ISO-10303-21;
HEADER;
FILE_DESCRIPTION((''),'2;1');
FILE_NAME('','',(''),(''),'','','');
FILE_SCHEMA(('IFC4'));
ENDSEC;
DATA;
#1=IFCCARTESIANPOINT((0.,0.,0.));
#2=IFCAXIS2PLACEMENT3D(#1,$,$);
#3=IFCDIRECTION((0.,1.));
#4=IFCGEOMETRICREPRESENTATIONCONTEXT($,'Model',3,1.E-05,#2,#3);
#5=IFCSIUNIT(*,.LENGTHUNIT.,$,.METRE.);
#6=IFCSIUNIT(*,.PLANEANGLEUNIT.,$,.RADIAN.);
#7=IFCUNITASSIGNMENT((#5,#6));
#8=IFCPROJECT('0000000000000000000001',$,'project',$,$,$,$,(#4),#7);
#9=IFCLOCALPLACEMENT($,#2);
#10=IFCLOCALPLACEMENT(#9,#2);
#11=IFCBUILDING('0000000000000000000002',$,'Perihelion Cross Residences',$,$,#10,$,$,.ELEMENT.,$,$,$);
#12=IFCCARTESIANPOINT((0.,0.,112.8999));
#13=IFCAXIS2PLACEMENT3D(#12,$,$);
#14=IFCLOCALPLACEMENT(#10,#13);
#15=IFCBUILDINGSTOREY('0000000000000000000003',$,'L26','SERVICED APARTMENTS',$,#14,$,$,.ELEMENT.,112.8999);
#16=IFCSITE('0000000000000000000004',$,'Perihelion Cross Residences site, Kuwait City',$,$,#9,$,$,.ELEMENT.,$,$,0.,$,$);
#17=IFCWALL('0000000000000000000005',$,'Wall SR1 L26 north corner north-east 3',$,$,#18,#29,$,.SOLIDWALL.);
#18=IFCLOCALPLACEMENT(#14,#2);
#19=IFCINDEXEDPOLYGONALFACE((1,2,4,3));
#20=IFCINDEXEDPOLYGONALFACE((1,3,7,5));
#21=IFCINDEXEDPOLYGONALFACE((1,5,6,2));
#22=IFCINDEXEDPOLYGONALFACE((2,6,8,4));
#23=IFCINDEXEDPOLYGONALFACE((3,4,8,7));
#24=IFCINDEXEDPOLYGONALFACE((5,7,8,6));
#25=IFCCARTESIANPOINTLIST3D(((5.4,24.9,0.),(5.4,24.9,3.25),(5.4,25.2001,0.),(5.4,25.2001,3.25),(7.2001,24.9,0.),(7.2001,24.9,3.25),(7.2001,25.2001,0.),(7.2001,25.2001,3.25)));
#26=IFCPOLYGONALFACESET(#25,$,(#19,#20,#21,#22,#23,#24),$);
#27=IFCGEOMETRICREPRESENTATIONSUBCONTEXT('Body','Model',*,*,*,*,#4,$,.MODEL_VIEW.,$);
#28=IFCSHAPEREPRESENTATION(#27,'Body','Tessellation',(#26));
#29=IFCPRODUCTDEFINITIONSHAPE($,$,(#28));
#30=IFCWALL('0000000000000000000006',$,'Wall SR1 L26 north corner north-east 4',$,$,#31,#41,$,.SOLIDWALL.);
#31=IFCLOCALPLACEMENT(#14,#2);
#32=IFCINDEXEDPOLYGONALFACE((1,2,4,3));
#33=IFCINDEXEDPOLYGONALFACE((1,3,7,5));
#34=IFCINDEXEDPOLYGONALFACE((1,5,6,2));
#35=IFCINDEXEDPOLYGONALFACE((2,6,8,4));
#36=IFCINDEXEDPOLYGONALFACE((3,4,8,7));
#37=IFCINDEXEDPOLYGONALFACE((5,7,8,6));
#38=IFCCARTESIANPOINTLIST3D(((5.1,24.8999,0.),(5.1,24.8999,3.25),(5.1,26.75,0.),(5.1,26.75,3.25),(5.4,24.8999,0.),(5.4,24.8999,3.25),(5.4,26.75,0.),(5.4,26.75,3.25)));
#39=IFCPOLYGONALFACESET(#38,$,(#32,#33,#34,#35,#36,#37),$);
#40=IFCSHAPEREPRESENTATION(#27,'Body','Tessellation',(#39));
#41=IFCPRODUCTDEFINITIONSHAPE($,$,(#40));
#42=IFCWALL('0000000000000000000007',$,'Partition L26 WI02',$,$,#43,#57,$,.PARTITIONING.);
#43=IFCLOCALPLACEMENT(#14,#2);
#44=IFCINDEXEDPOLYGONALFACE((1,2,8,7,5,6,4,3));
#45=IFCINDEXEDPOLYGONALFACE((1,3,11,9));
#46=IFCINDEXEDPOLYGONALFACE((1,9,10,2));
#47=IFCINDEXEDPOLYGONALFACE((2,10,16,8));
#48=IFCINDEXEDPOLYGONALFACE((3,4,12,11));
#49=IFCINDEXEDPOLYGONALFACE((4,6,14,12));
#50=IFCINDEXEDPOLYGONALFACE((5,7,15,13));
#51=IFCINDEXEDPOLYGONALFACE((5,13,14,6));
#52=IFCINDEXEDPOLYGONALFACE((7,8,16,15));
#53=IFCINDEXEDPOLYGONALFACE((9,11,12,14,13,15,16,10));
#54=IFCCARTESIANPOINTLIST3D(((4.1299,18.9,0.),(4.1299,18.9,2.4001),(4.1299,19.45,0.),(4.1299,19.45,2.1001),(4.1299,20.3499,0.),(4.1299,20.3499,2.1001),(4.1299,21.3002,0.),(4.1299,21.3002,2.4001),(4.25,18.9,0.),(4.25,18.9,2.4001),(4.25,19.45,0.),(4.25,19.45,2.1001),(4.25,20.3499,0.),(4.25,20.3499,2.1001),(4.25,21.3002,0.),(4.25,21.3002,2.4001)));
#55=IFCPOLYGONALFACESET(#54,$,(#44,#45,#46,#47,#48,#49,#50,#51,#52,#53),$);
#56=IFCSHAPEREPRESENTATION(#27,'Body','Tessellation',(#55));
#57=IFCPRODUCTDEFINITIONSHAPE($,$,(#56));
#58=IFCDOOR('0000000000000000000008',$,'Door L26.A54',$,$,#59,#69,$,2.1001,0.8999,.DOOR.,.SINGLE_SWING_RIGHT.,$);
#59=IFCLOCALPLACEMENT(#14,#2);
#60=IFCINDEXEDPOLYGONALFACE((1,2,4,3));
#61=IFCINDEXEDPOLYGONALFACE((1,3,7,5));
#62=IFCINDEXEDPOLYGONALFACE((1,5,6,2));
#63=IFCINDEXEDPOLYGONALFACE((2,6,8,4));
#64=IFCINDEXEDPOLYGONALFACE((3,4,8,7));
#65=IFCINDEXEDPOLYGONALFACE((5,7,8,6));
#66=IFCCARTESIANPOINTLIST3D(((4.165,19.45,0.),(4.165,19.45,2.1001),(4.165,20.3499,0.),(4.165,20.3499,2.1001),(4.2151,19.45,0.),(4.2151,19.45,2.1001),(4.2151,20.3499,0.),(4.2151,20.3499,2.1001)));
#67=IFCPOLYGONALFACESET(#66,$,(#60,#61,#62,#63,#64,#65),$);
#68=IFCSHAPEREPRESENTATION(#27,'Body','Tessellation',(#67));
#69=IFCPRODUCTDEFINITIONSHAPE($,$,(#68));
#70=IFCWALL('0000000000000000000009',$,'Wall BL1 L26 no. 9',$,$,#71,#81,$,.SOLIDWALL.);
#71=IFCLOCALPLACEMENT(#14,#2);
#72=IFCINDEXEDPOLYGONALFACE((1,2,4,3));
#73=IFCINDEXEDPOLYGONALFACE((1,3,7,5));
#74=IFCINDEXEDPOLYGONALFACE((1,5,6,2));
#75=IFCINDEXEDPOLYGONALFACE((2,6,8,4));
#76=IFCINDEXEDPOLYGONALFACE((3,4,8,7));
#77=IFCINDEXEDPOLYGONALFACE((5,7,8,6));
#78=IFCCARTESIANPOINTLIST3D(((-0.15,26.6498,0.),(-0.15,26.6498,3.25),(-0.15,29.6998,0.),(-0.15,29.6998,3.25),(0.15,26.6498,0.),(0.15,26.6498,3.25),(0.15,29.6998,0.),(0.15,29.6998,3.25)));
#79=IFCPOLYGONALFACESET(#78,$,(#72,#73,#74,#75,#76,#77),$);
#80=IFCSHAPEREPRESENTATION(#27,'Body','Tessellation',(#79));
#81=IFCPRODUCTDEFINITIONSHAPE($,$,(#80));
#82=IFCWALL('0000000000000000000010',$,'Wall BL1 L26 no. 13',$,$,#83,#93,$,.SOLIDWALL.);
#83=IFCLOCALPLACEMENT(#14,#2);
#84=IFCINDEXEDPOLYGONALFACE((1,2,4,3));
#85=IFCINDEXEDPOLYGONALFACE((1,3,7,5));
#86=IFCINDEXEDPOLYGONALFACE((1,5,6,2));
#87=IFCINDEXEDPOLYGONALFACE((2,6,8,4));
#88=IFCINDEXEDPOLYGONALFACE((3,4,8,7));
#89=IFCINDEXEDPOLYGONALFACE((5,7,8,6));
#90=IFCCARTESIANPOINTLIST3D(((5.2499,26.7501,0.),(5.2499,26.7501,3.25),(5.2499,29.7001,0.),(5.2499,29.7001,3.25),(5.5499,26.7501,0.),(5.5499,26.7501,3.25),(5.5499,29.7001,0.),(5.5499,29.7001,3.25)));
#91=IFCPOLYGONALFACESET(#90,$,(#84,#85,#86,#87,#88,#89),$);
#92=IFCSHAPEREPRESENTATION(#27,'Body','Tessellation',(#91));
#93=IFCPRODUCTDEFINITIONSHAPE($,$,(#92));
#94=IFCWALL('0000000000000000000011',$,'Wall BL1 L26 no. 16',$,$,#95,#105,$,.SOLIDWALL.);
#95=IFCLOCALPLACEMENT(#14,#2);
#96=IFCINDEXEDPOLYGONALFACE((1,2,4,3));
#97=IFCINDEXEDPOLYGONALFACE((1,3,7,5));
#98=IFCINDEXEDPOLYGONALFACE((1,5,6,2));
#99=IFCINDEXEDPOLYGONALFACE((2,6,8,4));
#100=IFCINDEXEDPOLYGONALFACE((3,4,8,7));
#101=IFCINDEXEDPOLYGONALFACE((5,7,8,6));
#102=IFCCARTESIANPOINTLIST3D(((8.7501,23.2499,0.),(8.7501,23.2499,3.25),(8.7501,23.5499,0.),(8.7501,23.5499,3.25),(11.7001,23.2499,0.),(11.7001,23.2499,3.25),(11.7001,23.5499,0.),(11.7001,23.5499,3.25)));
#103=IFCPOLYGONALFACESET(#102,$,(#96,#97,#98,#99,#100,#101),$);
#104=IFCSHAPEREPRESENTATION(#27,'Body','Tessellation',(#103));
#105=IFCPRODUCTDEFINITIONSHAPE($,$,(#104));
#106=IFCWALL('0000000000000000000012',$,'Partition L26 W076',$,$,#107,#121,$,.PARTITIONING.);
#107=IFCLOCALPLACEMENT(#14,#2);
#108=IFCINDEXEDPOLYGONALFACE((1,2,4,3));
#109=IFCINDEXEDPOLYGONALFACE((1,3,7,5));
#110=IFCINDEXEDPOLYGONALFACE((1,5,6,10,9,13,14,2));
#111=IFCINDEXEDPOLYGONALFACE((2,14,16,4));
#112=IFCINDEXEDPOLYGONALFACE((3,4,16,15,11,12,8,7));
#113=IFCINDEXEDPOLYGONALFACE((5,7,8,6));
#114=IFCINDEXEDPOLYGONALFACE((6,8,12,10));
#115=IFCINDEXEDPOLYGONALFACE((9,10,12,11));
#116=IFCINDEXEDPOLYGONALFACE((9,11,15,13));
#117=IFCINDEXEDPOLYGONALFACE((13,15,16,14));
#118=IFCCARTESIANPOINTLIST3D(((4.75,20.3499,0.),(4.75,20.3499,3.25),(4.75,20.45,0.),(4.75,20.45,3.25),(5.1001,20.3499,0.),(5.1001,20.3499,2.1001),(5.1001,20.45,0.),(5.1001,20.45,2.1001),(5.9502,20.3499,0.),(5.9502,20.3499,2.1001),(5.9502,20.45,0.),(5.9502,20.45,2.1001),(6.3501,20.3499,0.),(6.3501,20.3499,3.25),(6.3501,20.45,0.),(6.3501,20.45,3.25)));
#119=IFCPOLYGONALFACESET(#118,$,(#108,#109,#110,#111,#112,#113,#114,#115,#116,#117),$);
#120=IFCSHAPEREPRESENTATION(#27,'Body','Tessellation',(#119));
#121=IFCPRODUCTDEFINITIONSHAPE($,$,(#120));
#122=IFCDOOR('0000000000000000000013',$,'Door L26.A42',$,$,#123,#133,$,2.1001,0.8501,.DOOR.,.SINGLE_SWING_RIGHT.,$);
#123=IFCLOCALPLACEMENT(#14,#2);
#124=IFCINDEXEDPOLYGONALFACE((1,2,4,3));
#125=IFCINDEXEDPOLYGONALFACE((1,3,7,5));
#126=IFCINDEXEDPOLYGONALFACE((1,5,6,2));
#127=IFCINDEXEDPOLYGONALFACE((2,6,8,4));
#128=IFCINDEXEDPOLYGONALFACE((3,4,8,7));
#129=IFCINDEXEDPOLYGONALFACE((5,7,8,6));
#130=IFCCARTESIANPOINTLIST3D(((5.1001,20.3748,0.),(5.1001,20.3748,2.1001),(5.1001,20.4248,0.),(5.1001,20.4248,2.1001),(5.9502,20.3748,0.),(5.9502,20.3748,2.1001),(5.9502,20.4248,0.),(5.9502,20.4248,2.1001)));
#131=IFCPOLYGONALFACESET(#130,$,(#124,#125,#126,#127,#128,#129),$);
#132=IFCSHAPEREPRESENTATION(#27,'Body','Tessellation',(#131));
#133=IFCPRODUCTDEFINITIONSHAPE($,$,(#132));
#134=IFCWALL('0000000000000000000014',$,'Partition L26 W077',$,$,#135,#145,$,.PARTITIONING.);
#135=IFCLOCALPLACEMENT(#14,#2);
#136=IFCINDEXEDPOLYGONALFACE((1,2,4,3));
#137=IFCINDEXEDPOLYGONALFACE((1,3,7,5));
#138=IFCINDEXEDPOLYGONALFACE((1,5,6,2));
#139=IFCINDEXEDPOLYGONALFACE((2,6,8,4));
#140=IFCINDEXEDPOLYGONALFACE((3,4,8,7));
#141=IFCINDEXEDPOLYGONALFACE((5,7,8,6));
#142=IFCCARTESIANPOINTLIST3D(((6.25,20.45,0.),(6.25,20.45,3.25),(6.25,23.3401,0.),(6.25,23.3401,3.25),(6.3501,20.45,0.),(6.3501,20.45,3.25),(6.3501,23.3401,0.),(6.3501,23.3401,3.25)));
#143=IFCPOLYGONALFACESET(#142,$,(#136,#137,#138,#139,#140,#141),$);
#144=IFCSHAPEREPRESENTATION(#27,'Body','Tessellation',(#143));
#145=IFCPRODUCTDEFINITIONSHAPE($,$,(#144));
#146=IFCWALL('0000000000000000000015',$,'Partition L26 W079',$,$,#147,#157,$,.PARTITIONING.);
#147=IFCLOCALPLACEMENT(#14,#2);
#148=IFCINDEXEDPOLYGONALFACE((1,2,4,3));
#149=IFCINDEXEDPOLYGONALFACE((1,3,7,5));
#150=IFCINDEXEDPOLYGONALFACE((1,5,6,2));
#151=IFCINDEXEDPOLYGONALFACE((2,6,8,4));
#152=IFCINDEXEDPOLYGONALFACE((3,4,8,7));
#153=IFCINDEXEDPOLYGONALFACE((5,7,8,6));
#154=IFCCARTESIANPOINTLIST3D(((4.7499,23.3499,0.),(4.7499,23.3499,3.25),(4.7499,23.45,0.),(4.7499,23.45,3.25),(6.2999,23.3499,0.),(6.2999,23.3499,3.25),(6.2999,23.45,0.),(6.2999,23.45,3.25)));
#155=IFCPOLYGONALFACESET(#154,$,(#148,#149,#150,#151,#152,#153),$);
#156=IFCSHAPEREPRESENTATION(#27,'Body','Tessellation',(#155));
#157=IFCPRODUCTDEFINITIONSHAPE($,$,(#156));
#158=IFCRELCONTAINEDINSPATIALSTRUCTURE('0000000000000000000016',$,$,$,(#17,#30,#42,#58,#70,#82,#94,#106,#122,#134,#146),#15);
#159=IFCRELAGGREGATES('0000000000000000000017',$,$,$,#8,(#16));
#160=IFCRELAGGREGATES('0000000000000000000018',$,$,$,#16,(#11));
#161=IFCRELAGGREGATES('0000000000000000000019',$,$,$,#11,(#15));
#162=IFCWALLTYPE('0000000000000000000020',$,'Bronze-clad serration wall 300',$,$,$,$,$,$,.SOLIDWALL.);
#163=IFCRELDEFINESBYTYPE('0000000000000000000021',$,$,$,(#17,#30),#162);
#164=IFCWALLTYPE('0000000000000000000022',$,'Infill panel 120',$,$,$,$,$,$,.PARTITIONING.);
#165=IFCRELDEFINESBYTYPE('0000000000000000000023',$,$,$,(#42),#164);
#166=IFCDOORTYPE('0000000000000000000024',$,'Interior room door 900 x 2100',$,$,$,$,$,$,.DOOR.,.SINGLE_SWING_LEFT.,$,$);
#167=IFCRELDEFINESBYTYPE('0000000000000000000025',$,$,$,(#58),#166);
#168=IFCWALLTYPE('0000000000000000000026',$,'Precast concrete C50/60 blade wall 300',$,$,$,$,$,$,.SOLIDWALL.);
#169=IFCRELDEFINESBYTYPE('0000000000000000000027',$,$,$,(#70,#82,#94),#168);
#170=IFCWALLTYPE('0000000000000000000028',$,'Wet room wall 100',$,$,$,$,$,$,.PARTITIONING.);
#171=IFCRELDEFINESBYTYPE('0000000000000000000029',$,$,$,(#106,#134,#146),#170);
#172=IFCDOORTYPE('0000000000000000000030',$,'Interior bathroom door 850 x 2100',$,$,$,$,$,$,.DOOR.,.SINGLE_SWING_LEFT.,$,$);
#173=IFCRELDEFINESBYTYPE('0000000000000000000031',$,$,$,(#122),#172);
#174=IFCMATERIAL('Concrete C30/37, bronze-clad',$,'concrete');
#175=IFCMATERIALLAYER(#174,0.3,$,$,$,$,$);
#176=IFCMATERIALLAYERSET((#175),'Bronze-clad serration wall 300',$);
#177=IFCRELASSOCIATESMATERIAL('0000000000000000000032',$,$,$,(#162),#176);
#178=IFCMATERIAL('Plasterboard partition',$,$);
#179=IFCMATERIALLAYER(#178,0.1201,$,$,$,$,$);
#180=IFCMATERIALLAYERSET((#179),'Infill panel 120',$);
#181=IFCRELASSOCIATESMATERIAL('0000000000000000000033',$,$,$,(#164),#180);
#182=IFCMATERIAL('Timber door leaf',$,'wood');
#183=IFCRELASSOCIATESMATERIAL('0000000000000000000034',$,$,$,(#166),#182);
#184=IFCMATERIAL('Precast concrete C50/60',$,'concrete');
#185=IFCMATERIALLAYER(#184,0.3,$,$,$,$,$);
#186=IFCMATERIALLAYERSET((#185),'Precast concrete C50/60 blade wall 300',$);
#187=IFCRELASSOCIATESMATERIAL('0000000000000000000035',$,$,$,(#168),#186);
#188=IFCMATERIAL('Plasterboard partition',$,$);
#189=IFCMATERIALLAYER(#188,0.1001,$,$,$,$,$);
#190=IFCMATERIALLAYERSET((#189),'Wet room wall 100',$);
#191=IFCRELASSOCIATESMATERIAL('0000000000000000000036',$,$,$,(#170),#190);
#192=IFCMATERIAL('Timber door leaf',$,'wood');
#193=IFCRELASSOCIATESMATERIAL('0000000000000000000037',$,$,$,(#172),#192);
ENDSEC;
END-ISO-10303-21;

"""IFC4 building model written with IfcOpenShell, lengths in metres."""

from ifc_helpers import new_model, si_unit, direction, frame, frame_2d, origin, place, context, subcontext, project, spatial, rectangle, extrude, material, layer, layer_set, type_object, element, fill, save


model = new_model("IFC4")

# Units and contexts
model_context = context("Model", 3, precision=1e-05, world=origin(), true_north=direction((0.0, 1.0)))
body_context = subcontext(model_context, "Body", "Model", "MODEL_VIEW")
ifc_project = project(units=[si_unit("LENGTHUNIT", "METRE"), si_unit("PLANEANGLEUNIT", "RADIAN")], contexts=[model_context])

# Site, building, storey
site_placement = place(None, origin())
site = spatial("IfcSite", under=ifc_project, at=site_placement, Name="Perihelion Cross Residences site, Kuwait City", CompositionType="ELEMENT", RefElevation=0.0)
building_placement = place(site_placement, origin())
building = spatial("IfcBuilding", under=site, at=building_placement, Name="Perihelion Cross Residences", CompositionType="ELEMENT")
storey_placement = place(building_placement, frame((0.0, 0.0, 112.8999)))
storey = spatial("IfcBuildingStorey", under=building, at=storey_placement, Name="L26", Description="SERVICED APARTMENTS", CompositionType="ELEMENT", Elevation=112.8999)

# Walls
ifc_material_1 = material(Name="Concrete C30/37, bronze-clad", Category="concrete")
ifc_layer_1 = layer(ifc_material_1, 0.3)
ifc_layer_set_1 = layer_set([ifc_layer_1], Name="Bronze-clad serration wall 300")
wall_type_1 = type_object("IfcWallType", Name="Bronze-clad serration wall 300", PredefinedType="SOLIDWALL", material=ifc_layer_set_1)
wall_1_placement = place(storey_placement, frame((7.2, 25.05, 0.0), z_axis=(0.0, 0.0, 1.0), x_axis=(-1.0, 0.0, 0.0)))
element("IfcWall", 1, at=wall_1_placement, inside=storey, type_object=wall_type_1, Name="Wall SR1 L26 north corner north-east 3", PredefinedType="SOLIDWALL", context=body_context, shape_type="SweptSolid", body=[
    extrude(rectangle(XDim=1.8, YDim=0.3, at=frame_2d((0.8999, 0.0))), origin(), (0.0, 0.0, 1.0), 3.25),
])
wall_2_placement = place(storey_placement, frame((5.25, 24.8999, 0.0), z_axis=(0.0, 0.0, 1.0), x_axis=(0.0, 1.0, 0.0)))
element("IfcWall", 2, at=wall_2_placement, inside=storey, type_object=wall_type_1, Name="Wall SR1 L26 north corner north-east 4", PredefinedType="SOLIDWALL", context=body_context, shape_type="SweptSolid", body=[
    extrude(rectangle(XDim=1.8501, YDim=0.3, at=frame_2d((0.925, 0.0))), origin(), (0.0, 0.0, 1.0), 3.25),
])

# Wall, opening, door
ifc_material_2 = material(Name="Plasterboard partition")
ifc_layer_2 = layer(ifc_material_2, 0.1201)
ifc_layer_set_2 = layer_set([ifc_layer_2], Name="Infill panel 120")
wall_type_2 = type_object("IfcWallType", Name="Infill panel 120", PredefinedType="PARTITIONING", material=ifc_layer_set_2)
wall_3_placement = place(storey_placement, frame((4.1899, 18.8999, 0.0), z_axis=(0.0, 0.0, 1.0), x_axis=(0.0, 1.0, 0.0)))
wall_3 = element("IfcWall", 3, at=wall_3_placement, inside=storey, type_object=wall_type_2, Name="Partition L26 WI02", PredefinedType="PARTITIONING", context=body_context, shape_type="SweptSolid", body=[
    extrude(rectangle(XDim=2.4001, YDim=0.1201, at=frame_2d((1.2002, 0.0))), origin(), (0.0, 0.0, 1.0), 2.4001),
])
opening_1_placement = place(wall_3_placement, frame((0.55, 0.0, 0.0)))
opening_1 = element("IfcOpeningElement", 4, at=opening_1_placement, cuts=wall_3, PredefinedType="OPENING", context=body_context, shape_type="SweptSolid", body=[
    extrude(rectangle(XDim=0.8999, YDim=2.1001, at=frame_2d((0.45, 1.05))), frame((0.0, 0.0701, 0.0), z_axis=(0.0, -1.0, 0.0), x_axis=(1.0, 0.0, 0.0)), (0.0, 0.0, 1.0), 0.1401),
])
ifc_material_3 = material(Name="Timber door leaf", Category="wood")
door_type_1 = type_object("IfcDoorType", Name="Interior room door 900 x 2100", OperationType="SINGLE_SWING_LEFT", PredefinedType="DOOR", material=ifc_material_3)
door_1_placement = place(opening_1_placement, origin())
door_1 = element("IfcDoor", 5, at=door_1_placement, inside=storey, type_object=door_type_1, Name="Door L26.A54", OperationType="SINGLE_SWING_RIGHT", OverallHeight=2.1001, OverallWidth=0.8999, PredefinedType="DOOR", context=body_context, shape_type="SweptSolid", body=[
    extrude(rectangle(XDim=0.8999, YDim=2.1001, at=frame_2d((0.45, 1.05))), frame((0.0, 0.0249, 0.0), z_axis=(0.0, -1.0, 0.0), x_axis=(1.0, 0.0, 0.0)), (0.0, 0.0, 1.0), 0.05),
])
fill(opening_1, door_1)

# Walls
ifc_material_4 = material(Name="Precast concrete C50/60", Category="concrete")
ifc_layer_3 = layer(ifc_material_4, 0.3)
ifc_layer_set_3 = layer_set([ifc_layer_3], Name="Precast concrete C50/60 blade wall 300")
wall_type_3 = type_object("IfcWallType", Name="Precast concrete C50/60 blade wall 300", PredefinedType="SOLIDWALL", material=ifc_layer_set_3)
wall_4_placement = place(storey_placement, frame((0.0, 26.6499, 0.0), z_axis=(0.0, 0.0, 1.0), x_axis=(0.0, 1.0, 0.0)))
element("IfcWall", 6, at=wall_4_placement, inside=storey, type_object=wall_type_3, Name="Wall BL1 L26 no. 9", PredefinedType="SOLIDWALL", context=body_context, shape_type="SweptSolid", body=[
    extrude(rectangle(XDim=3.05, YDim=0.3, at=frame_2d((1.5249, 0.0))), origin(), (0.0, 0.0, 1.0), 3.25),
])
for number, where, z_axis, x_axis, name in (
    (7, (5.3999, 26.75, 0.0), (0.0, 0.0, 1.0), (0.0, 1.0, 0.0), "Wall BL1 L26 no. 13"),
    (8, (8.75, 23.3999, 0.0), (0.0, 0.0, 1.0), (1.0, 0.0, 0.0), "Wall BL1 L26 no. 16"),
):
    element("IfcWall", number, at=place(storey_placement, frame(where, z_axis=z_axis, x_axis=x_axis)), inside=storey, type_object=wall_type_3, Name=name, PredefinedType="SOLIDWALL", context=body_context, shape_type="SweptSolid", body=[
        extrude(rectangle(XDim=2.95, YDim=0.3, at=frame_2d((1.4751, 0.0))), origin(), (0.0, 0.0, 1.0), 3.25),
    ])

# Wall, opening, door
ifc_material_5 = material(Name="Plasterboard partition")
ifc_layer_4 = layer(ifc_material_5, 0.1001)
ifc_layer_set_4 = layer_set([ifc_layer_4], Name="Wet room wall 100")
wall_type_4 = type_object("IfcWallType", Name="Wet room wall 100", PredefinedType="PARTITIONING", material=ifc_layer_set_4)
wall_5_placement = place(storey_placement, frame((4.75, 20.3999, 0.0), z_axis=(0.0, 0.0, 1.0), x_axis=(1.0, 0.0, 0.0)))
wall_5 = element("IfcWall", 9, at=wall_5_placement, inside=storey, type_object=wall_type_4, Name="Partition L26 W076", PredefinedType="PARTITIONING", context=body_context, shape_type="SweptSolid", body=[
    extrude(rectangle(XDim=1.6001, YDim=0.1001, at=frame_2d((0.8, 0.0))), origin(), (0.0, 0.0, 1.0), 3.25),
])
opening_2_placement = place(wall_5_placement, frame((0.3501, 0.0, 0.0)))
opening_2 = element("IfcOpeningElement", 10, at=opening_2_placement, cuts=wall_5, PredefinedType="OPENING", context=body_context, shape_type="SweptSolid", body=[
    extrude(rectangle(XDim=0.8501, YDim=2.1001, at=frame_2d((0.425, 1.05))), frame((0.0, 0.0601, 0.0), z_axis=(0.0, -1.0, 0.0), x_axis=(1.0, 0.0, 0.0)), (0.0, 0.0, 1.0), 0.1201),
])
ifc_material_6 = material(Name="Timber door leaf", Category="wood")
door_type_2 = type_object("IfcDoorType", Name="Interior bathroom door 850 x 2100", OperationType="SINGLE_SWING_LEFT", PredefinedType="DOOR", material=ifc_material_6)
door_2_placement = place(opening_2_placement, origin())
door_2 = element("IfcDoor", 11, at=door_2_placement, inside=storey, type_object=door_type_2, Name="Door L26.A42", OperationType="SINGLE_SWING_RIGHT", OverallHeight=2.1001, OverallWidth=0.8501, PredefinedType="DOOR", context=body_context, shape_type="SweptSolid", body=[
    extrude(rectangle(XDim=0.8501, YDim=2.1001, at=frame_2d((0.425, 1.05))), frame((0.0, 0.0249, 0.0), z_axis=(0.0, -1.0, 0.0), x_axis=(1.0, 0.0, 0.0)), (0.0, 0.0, 1.0), 0.05),
])
fill(opening_2, door_2)

# Walls
wall_6_placement = place(storey_placement, frame((6.3, 20.45, 0.0), z_axis=(0.0, 0.0, 1.0), x_axis=(0.0, 1.0, 0.0)))
element("IfcWall", 12, at=wall_6_placement, inside=storey, type_object=wall_type_4, Name="Partition L26 W077", PredefinedType="PARTITIONING", context=body_context, shape_type="SweptSolid", body=[
    extrude(rectangle(XDim=2.8901, YDim=0.1001, at=frame_2d((1.4451, 0.0))), origin(), (0.0, 0.0, 1.0), 3.25),
])
wall_7_placement = place(storey_placement, frame((4.75, 23.3999, 0.0), z_axis=(0.0, 0.0, 1.0), x_axis=(1.0, 0.0, 0.0)))
element("IfcWall", 13, at=wall_7_placement, inside=storey, type_object=wall_type_4, Name="Partition L26 W079", PredefinedType="PARTITIONING", context=body_context, shape_type="SweptSolid", body=[
    extrude(rectangle(XDim=1.55, YDim=0.1001, at=frame_2d((0.7749, 0.0))), origin(), (0.0, 0.0, 1.0), 3.25),
])

save(model, "model.ifc")
